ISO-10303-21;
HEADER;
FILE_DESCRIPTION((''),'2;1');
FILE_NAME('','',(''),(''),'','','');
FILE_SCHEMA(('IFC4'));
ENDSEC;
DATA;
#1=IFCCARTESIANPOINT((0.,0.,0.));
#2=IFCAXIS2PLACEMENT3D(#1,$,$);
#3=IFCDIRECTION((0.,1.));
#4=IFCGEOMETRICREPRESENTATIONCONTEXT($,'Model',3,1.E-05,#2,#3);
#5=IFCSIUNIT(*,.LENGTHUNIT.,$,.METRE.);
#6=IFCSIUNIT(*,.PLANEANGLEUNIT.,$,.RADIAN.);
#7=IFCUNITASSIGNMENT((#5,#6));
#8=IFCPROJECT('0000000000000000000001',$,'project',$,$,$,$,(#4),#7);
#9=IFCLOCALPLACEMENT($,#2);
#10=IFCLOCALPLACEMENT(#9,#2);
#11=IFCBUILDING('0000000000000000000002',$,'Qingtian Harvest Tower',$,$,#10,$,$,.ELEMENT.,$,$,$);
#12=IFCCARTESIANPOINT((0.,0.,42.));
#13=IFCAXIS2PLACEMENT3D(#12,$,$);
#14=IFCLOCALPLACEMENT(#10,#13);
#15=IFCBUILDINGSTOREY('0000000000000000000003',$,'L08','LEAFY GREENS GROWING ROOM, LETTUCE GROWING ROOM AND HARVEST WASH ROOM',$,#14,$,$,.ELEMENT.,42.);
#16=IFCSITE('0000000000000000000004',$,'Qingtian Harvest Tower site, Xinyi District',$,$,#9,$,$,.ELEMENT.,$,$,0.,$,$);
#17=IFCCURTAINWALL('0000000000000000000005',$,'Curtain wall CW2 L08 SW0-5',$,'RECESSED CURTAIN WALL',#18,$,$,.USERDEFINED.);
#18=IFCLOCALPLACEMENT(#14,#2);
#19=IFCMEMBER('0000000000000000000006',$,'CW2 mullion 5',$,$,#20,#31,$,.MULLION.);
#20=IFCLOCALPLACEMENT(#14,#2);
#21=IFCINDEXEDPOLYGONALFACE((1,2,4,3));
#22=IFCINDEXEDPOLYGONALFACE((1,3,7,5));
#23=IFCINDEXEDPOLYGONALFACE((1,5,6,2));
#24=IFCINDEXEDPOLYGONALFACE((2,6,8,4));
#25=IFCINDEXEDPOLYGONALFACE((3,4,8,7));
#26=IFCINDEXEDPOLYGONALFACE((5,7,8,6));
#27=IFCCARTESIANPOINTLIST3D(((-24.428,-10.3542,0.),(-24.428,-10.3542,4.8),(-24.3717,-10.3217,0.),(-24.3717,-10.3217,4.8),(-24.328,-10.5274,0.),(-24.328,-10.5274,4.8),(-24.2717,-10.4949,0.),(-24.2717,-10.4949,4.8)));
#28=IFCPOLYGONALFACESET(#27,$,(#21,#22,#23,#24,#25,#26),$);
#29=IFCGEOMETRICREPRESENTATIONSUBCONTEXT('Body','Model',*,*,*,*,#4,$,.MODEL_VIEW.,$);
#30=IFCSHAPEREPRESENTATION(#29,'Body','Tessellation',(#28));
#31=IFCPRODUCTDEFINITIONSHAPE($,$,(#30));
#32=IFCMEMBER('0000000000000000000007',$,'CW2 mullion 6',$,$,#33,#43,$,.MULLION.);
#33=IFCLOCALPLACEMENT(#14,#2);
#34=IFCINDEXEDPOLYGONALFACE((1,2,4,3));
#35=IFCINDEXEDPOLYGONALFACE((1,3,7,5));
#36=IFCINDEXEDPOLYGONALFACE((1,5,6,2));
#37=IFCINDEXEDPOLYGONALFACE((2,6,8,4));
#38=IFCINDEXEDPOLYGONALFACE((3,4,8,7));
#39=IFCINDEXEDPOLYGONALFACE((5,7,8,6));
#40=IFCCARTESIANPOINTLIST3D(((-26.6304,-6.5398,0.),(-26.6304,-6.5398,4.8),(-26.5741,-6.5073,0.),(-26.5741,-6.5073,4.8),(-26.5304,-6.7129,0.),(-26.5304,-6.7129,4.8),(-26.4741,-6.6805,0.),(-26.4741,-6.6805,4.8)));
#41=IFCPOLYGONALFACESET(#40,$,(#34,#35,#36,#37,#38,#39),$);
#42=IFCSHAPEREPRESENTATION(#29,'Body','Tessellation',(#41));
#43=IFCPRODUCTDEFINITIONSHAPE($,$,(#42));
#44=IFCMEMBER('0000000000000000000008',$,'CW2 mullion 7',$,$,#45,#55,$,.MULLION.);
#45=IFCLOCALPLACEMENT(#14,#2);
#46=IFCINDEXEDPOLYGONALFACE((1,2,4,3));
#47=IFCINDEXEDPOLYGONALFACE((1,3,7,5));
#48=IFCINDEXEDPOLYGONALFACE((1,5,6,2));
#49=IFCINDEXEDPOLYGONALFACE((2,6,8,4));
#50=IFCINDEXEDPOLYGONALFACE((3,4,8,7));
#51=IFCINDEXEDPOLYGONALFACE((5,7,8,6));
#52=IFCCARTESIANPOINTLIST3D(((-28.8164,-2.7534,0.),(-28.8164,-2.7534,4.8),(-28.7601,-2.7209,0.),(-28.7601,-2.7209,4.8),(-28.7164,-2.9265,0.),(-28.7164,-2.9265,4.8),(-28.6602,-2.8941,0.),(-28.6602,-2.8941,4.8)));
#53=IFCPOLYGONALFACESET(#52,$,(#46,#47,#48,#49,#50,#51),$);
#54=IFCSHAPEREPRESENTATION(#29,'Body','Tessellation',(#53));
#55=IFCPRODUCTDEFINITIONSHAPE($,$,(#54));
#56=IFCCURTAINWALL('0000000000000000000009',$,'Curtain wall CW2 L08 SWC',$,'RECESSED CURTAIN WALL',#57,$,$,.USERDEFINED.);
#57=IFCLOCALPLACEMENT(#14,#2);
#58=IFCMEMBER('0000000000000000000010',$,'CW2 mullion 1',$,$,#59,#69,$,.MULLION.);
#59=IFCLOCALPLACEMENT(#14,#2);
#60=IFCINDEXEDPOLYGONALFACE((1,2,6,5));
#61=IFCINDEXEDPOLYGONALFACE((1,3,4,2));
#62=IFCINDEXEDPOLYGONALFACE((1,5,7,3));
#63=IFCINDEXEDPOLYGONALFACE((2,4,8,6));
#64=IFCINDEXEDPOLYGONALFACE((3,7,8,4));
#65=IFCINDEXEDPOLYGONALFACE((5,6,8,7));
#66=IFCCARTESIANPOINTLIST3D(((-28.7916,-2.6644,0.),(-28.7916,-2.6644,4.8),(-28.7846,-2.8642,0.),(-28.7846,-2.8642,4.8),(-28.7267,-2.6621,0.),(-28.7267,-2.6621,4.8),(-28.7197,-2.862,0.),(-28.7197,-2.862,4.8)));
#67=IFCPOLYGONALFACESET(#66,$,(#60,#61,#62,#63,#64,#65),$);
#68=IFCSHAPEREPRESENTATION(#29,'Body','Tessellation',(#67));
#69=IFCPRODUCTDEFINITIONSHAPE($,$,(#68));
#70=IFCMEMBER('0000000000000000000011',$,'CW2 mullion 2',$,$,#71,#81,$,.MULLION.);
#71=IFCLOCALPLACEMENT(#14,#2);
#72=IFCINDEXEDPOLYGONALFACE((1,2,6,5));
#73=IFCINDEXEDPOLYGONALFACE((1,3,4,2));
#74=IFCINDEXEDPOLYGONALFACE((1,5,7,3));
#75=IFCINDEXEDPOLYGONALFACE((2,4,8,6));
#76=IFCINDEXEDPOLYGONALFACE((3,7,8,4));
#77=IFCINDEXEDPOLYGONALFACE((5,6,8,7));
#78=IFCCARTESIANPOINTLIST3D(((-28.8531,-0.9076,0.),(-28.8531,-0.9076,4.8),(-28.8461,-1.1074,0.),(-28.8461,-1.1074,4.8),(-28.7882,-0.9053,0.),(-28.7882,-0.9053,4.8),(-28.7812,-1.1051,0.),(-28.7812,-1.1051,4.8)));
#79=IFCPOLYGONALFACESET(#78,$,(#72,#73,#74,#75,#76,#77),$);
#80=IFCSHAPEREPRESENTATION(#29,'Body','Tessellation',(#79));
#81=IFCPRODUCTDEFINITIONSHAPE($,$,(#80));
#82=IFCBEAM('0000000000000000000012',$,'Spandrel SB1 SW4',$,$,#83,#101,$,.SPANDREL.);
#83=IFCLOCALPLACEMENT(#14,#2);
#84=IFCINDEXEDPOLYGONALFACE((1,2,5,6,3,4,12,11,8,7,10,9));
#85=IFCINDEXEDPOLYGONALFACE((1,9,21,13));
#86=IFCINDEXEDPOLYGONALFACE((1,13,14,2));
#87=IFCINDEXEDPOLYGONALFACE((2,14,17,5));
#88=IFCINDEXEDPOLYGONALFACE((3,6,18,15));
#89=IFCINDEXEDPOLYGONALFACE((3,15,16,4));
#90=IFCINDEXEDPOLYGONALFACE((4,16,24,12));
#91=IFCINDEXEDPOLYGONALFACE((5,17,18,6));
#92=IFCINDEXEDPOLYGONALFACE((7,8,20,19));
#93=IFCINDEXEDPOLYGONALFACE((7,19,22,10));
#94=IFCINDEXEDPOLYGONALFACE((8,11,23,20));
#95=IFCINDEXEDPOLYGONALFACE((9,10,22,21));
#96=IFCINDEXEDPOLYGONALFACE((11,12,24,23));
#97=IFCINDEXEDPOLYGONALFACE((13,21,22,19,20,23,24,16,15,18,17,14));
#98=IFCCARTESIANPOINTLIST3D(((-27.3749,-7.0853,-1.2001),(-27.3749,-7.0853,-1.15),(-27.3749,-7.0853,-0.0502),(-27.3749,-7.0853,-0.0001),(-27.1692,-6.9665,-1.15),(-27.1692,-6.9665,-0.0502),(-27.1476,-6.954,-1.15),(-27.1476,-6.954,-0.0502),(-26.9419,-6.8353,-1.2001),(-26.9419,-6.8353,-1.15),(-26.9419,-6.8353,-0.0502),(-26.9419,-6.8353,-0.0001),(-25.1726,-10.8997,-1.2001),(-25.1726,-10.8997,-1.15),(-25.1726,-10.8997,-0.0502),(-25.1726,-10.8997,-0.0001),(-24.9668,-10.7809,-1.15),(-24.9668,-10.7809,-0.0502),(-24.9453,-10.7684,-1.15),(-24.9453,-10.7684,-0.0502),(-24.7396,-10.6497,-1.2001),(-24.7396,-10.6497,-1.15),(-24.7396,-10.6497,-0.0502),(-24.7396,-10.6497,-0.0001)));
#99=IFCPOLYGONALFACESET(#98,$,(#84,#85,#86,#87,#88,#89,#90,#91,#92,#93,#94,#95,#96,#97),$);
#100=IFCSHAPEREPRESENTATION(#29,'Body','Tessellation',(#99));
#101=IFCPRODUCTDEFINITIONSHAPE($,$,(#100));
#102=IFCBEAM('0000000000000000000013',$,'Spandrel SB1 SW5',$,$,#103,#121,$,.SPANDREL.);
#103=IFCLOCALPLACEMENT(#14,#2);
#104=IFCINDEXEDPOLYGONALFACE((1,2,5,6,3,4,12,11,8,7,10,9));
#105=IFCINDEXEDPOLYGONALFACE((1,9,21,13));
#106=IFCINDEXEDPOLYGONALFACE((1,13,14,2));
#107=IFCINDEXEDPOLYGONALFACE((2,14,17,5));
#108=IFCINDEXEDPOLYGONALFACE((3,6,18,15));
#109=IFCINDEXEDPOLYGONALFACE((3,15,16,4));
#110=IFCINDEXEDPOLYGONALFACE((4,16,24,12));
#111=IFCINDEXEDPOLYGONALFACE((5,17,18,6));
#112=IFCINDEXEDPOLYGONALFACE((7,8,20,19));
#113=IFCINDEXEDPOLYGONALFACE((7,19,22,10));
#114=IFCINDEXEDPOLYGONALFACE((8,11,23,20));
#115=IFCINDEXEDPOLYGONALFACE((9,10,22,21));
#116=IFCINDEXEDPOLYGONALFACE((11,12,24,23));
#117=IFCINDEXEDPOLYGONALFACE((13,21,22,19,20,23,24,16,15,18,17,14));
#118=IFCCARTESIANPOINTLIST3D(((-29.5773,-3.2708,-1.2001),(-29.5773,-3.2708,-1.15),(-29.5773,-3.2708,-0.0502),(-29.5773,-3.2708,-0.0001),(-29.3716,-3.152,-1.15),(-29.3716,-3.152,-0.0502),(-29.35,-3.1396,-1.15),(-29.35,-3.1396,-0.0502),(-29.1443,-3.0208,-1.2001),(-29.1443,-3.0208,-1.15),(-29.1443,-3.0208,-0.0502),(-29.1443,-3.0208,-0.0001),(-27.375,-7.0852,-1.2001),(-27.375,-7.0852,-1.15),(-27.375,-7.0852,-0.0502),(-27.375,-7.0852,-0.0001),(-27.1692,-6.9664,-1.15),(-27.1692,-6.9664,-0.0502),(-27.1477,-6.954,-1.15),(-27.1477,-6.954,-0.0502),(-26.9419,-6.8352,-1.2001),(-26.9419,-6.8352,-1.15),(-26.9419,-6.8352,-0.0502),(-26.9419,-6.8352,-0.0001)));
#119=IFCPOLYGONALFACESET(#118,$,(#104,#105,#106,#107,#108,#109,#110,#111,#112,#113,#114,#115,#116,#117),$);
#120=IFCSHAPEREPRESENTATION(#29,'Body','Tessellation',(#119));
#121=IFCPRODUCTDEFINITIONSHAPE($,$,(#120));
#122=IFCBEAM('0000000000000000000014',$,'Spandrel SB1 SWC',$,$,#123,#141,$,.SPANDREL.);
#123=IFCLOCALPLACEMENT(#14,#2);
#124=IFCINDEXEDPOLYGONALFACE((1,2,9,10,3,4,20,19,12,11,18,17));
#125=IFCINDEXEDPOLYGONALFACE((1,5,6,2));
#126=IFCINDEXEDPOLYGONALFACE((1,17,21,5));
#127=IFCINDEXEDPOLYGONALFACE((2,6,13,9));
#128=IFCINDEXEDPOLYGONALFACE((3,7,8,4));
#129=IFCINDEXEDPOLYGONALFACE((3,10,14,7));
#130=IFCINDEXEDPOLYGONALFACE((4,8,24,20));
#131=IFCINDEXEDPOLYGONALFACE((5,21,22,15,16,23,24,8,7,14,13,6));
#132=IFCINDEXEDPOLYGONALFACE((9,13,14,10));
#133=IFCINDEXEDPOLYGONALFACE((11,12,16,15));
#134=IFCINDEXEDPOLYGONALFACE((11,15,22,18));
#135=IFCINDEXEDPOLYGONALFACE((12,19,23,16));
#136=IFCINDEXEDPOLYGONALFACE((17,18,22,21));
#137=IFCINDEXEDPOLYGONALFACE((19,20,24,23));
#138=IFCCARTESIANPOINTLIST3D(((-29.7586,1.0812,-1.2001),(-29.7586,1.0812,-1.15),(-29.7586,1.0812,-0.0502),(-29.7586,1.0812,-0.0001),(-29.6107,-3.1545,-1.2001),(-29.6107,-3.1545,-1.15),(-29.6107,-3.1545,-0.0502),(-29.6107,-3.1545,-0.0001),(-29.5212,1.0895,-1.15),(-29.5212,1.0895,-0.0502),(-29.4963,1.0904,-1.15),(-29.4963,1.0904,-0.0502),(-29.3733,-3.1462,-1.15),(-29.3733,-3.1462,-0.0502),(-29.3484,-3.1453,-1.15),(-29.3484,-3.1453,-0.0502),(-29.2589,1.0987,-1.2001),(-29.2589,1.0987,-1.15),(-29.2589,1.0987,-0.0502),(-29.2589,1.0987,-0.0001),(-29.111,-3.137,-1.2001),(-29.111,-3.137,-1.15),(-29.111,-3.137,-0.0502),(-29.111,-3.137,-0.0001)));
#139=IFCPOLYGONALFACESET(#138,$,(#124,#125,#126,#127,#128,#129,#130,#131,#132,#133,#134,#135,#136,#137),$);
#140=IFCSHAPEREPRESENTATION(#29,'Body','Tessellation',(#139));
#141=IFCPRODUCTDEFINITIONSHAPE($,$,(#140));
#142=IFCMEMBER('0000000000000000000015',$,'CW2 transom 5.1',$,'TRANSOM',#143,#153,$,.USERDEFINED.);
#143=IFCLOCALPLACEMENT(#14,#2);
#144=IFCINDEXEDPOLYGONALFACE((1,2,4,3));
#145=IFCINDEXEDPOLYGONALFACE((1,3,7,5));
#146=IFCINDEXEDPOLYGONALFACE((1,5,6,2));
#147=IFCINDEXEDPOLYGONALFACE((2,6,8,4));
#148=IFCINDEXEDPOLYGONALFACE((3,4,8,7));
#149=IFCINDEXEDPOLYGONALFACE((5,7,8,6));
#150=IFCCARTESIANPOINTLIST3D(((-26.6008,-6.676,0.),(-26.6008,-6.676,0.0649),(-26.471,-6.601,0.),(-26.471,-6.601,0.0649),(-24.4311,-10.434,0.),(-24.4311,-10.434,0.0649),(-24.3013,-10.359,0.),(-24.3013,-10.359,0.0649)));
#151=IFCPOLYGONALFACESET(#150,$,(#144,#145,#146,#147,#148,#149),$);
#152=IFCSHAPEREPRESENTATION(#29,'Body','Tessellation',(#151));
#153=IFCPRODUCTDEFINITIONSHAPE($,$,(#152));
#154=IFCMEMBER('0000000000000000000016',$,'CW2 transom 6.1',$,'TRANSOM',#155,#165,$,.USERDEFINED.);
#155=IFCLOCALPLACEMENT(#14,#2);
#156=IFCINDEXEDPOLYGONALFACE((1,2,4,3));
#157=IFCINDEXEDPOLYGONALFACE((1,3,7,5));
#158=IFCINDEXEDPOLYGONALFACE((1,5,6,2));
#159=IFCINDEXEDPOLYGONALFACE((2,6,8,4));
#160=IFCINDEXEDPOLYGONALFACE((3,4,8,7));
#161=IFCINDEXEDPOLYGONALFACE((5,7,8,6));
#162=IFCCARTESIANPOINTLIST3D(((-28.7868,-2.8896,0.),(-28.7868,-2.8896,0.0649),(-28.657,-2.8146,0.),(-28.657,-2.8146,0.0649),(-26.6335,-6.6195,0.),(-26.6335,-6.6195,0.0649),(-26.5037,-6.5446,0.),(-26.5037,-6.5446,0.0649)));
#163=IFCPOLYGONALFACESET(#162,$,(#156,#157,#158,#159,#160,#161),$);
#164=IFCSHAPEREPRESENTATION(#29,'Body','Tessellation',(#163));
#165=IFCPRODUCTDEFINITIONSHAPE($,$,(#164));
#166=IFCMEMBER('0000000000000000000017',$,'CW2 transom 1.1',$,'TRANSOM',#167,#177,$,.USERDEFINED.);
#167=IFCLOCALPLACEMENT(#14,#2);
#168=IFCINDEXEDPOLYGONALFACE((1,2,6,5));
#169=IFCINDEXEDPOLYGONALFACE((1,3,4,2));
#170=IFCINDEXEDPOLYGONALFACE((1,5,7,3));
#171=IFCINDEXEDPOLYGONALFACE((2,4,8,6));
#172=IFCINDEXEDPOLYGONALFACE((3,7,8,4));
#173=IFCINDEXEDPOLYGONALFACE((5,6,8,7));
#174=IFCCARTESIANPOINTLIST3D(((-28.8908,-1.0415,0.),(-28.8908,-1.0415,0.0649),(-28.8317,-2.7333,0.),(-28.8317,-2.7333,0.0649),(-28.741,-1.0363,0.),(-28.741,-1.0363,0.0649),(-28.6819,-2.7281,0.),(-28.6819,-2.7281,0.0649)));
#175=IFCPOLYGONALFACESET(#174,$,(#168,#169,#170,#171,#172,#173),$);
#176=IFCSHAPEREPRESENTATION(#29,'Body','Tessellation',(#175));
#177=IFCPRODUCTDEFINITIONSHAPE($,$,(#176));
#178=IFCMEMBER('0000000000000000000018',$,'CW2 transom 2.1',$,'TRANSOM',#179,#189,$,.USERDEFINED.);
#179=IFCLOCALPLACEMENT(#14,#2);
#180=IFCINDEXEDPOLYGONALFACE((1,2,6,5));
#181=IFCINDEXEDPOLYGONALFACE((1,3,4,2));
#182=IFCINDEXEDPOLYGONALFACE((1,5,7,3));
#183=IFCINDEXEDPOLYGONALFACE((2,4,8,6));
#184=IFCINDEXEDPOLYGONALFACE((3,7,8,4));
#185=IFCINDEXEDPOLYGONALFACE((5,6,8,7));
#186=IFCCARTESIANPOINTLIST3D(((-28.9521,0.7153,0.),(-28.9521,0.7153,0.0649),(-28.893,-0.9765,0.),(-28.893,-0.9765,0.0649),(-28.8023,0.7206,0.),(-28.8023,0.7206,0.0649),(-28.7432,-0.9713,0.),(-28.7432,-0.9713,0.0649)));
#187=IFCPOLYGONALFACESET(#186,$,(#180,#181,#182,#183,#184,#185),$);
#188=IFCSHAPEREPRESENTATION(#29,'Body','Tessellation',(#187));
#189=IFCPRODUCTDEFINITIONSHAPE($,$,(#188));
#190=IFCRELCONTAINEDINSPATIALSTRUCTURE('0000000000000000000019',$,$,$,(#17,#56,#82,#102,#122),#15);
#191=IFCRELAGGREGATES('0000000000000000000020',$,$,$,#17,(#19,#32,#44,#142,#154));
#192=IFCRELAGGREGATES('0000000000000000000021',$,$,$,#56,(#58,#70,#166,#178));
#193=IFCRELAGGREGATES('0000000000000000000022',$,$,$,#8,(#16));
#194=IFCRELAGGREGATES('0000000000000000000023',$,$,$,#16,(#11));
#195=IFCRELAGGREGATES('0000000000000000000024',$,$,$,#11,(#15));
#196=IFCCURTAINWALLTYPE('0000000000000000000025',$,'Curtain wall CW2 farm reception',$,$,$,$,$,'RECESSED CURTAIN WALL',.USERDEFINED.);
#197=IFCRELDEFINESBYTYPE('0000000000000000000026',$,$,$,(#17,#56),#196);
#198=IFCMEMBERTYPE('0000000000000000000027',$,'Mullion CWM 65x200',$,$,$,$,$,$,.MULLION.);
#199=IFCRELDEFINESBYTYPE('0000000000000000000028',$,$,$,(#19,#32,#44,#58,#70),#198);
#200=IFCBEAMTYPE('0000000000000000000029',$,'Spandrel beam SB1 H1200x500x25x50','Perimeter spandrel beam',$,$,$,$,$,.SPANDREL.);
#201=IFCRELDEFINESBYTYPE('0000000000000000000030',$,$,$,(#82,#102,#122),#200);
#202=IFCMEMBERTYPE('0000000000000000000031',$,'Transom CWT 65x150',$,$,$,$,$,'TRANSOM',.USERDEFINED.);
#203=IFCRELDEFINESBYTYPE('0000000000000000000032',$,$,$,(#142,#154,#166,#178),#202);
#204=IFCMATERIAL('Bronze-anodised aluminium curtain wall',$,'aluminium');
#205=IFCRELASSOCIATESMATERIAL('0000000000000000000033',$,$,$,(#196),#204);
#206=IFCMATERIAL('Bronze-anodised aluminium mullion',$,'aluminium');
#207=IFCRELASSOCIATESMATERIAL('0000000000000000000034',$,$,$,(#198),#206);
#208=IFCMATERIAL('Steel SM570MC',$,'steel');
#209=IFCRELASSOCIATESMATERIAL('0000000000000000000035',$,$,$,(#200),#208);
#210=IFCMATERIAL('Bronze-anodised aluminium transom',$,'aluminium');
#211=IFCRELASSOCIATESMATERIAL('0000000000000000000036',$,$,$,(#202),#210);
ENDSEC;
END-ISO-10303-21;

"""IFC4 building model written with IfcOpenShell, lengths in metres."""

from ifc_helpers import new_model, si_unit, direction, frame, origin, origin_2d, place, context, subcontext, project, spatial, rectangle, i_section, extrude, material, material_profile, profile_set, type_object, element, aggregate, save


model = new_model("IFC4")

# Units and contexts
model_context = context("Model", 3, precision=1e-05, world=origin(), true_north=direction((0.0, 1.0)))
body_context = subcontext(model_context, "Body", "Model", "MODEL_VIEW")
ifc_project = project(units=[si_unit("LENGTHUNIT", "METRE"), si_unit("PLANEANGLEUNIT", "RADIAN")], contexts=[model_context])

# Site, building, storey
site_placement = place(None, origin())
site = spatial("IfcSite", under=ifc_project, at=site_placement, Name="Qingtian Harvest Tower site, Xinyi District", CompositionType="ELEMENT", RefElevation=0.0)
building_placement = place(site_placement, origin())
building = spatial("IfcBuilding", under=site, at=building_placement, Name="Qingtian Harvest Tower", CompositionType="ELEMENT")
storey_placement = place(building_placement, frame((0.0, 0.0, 42.0)))
storey = spatial("IfcBuildingStorey", under=building, at=storey_placement, Name="L08", Description="LEAFY GREENS GROWING ROOM, LETTUCE GROWING ROOM AND HARVEST WASH ROOM", CompositionType="ELEMENT", Elevation=42.0)

# Curtain walls, members
ifc_material_1 = material(Name="Bronze-anodised aluminium curtain wall", Category="aluminium")
curtain_wall_type = type_object("IfcCurtainWallType", Name="Curtain wall CW2 farm reception", ElementType="RECESSED CURTAIN WALL", PredefinedType="USERDEFINED", material=ifc_material_1)
curtain_wall_1_placement = place(storey_placement, origin())
curtain_wall_1 = element("IfcCurtainWall", 1, at=curtain_wall_1_placement, inside=storey, type_object=curtain_wall_type, Name="Curtain wall CW2 L08 SW0-5", ObjectType="RECESSED CURTAIN WALL", PredefinedType="USERDEFINED")
ifc_material_2 = material(Name="Bronze-anodised aluminium mullion", Category="aluminium")
ifc_material_profile_1 = material_profile(ifc_material_2, rectangle(XDim=0.0649, YDim=0.2, at=origin_2d()), Name="AL 65x200")
ifc_profile_set_1 = profile_set([ifc_material_profile_1], Name="Bronze-anodised aluminium mullion")
member_type_1 = type_object("IfcMemberType", Name="Mullion CWM 65x200", PredefinedType="MULLION", material=ifc_profile_set_1)
member_1_placement = place(storey_placement, frame((-24.3499, -10.4246, 0.0), z_axis=(0.0, 0.0, 1.0), x_axis=(-0.866025, -0.5, 0.0)))
member_1 = element("IfcMember", 2, at=member_1_placement, type_object=member_type_1, Name="CW2 mullion 5", PredefinedType="MULLION", context=body_context, shape_type="SweptSolid", body=[
    extrude(rectangle(XDim=0.0649, YDim=0.2, at=origin_2d()), origin(), (0.0, 0.0, 1.0), 4.8),
])
member_2_placement = place(storey_placement, frame((-26.5522, -6.6101, 0.0), z_axis=(0.0, 0.0, 1.0), x_axis=(-0.866025, -0.5, 0.0)))
member_2 = element("IfcMember", 3, at=member_2_placement, type_object=member_type_1, Name="CW2 mullion 6", PredefinedType="MULLION", context=body_context, shape_type="SweptSolid", body=[
    extrude(rectangle(XDim=0.0649, YDim=0.2, at=origin_2d()), origin(), (0.0, 0.0, 1.0), 4.8),
])
member_3_placement = place(storey_placement, frame((-28.7383, -2.8237, 0.0), z_axis=(0.0, 0.0, 1.0), x_axis=(-0.866025, -0.5, 0.0)))
member_3 = element("IfcMember", 4, at=member_3_placement, type_object=member_type_1, Name="CW2 mullion 7", PredefinedType="MULLION", context=body_context, shape_type="SweptSolid", body=[
    extrude(rectangle(XDim=0.0649, YDim=0.2, at=origin_2d()), origin(), (0.0, 0.0, 1.0), 4.8),
])
curtain_wall_2_placement = place(storey_placement, origin())
curtain_wall_2 = element("IfcCurtainWall", 5, at=curtain_wall_2_placement, inside=storey, type_object=curtain_wall_type, Name="Curtain wall CW2 L08 SWC", ObjectType="RECESSED CURTAIN WALL", PredefinedType="USERDEFINED")
member_4_placement = place(storey_placement, frame((-28.7556, -2.7632, 0.0), z_axis=(0.0, 0.0, 1.0), x_axis=(-0.999391, -0.034899, 0.0)))
member_4 = element("IfcMember", 6, at=member_4_placement, type_object=member_type_1, Name="CW2 mullion 1", PredefinedType="MULLION", context=body_context, shape_type="SweptSolid", body=[
    extrude(rectangle(XDim=0.0649, YDim=0.2, at=origin_2d()), origin(), (0.0, 0.0, 1.0), 4.8),
])
member_5_placement = place(storey_placement, frame((-28.8171, -1.0063, 0.0), z_axis=(0.0, 0.0, 1.0), x_axis=(-0.999391, -0.034899, 0.0)))
member_5 = element("IfcMember", 7, at=member_5_placement, type_object=member_type_1, Name="CW2 mullion 2", PredefinedType="MULLION", context=body_context, shape_type="SweptSolid", body=[
    extrude(rectangle(XDim=0.0649, YDim=0.2, at=origin_2d()), origin(), (0.0, 0.0, 1.0), 4.8),
])

# Beams
ifc_material_3 = material(Name="Steel SM570MC", Category="steel")
ifc_material_profile_2 = material_profile(ifc_material_3, i_section(OverallWidth=0.5, OverallDepth=1.2, WebThickness=0.0249, FlangeThickness=0.05, at=origin_2d()), Name="H1200x500x25x50")
ifc_profile_set_2 = profile_set([ifc_material_profile_2], Name="Steel SM570MC")
beam_type_1 = type_object("IfcBeamType", Name="Spandrel beam SB1 H1200x500x25x50", Description="Perimeter spandrel beam", PredefinedType="SPANDREL", material=ifc_profile_set_2)
for number, where, z_axis, x_axis, name in (
    (8, (-24.9561, -10.7747, -0.6001), (-0.50002, 0.866014, 0.0), (-0.866014, -0.50002, 0.0), "Spandrel SB1 SW4"),
    (9, (-27.1584, -6.9602, -0.6001), (-0.50002, 0.866014, 0.0), (-0.866014, -0.50002, 0.0), "Spandrel SB1 SW5"),
):
    element("IfcBeam", number, at=place(storey_placement, frame(where, z_axis=z_axis, x_axis=x_axis)), inside=storey, type_object=beam_type_1, Name=name, PredefinedType="SPANDREL", context=body_context, shape_type="SweptSolid", body=[
        extrude(i_section(OverallWidth=0.5, OverallDepth=1.2, WebThickness=0.0249, FlangeThickness=0.05, at=origin_2d()), origin(), (0.0, 0.0, 1.0), 4.4045),
    ])
beam_1_placement = place(storey_placement, frame((-29.3608, -3.1458, -0.6001), z_axis=(-0.034909, 0.999391, 0.0), x_axis=(-0.999391, -0.034909, 0.0)))
element("IfcBeam", 10, at=beam_1_placement, inside=storey, type_object=beam_type_1, Name="Spandrel SB1 SWC", PredefinedType="SPANDREL", context=body_context, shape_type="SweptSolid", body=[
    extrude(i_section(OverallWidth=0.5, OverallDepth=1.2, WebThickness=0.0249, FlangeThickness=0.05, at=origin_2d()), origin(), (0.0, 0.0, 1.0), 4.2383),
])

# Members
ifc_material_4 = material(Name="Bronze-anodised aluminium transom", Category="aluminium")
ifc_material_profile_3 = material_profile(ifc_material_4, rectangle(XDim=0.1499, YDim=0.0649, at=origin_2d()), Name="AL 65x150")
ifc_profile_set_3 = profile_set([ifc_material_profile_3], Name="Bronze-anodised aluminium transom")
member_type_2 = type_object("IfcMemberType", Name="Transom CWT 65x150", ElementType="TRANSOM", PredefinedType="USERDEFINED", material=ifc_profile_set_3)
member_6_placement = place(storey_placement, frame((-24.3662, -10.3965, 0.0325), z_axis=(-0.499994, 0.866029, 0.0), x_axis=(-0.866029, -0.499994, 0.0)))
member_6 = element("IfcMember", 11, at=member_6_placement, type_object=member_type_2, Name="CW2 transom 5.1", ObjectType="TRANSOM", PredefinedType="USERDEFINED", context=body_context, shape_type="SweptSolid", body=[
    extrude(rectangle(XDim=0.1499, YDim=0.0649, at=origin_2d()), origin(), (0.0, 0.0, 1.0), 4.3394),
])
member_7_placement = place(storey_placement, frame((-26.5686, -6.582, 0.0325), z_axis=(-0.499968, 0.866044, 0.0), x_axis=(-0.866044, -0.499968, 0.0)))
member_7 = element("IfcMember", 12, at=member_7_placement, type_object=member_type_2, Name="CW2 transom 6.1", ObjectType="TRANSOM", PredefinedType="USERDEFINED", context=body_context, shape_type="SweptSolid", body=[
    extrude(rectangle(XDim=0.1499, YDim=0.0649, at=origin_2d()), origin(), (0.0, 0.0, 1.0), 4.3069),
])
member_8_placement = place(storey_placement, frame((-28.7568, -2.7307, 0.0325), z_axis=(-0.034899, 0.999391, 0.0), x_axis=(-0.999391, -0.034899, 0.0)))
member_8 = element("IfcMember", 13, at=member_8_placement, type_object=member_type_2, Name="CW2 transom 1.1", ObjectType="TRANSOM", PredefinedType="USERDEFINED", context=body_context, shape_type="SweptSolid", body=[
    extrude(rectangle(XDim=0.1499, YDim=0.0649, at=origin_2d()), origin(), (0.0, 0.0, 1.0), 1.6929),
])
member_9_placement = place(storey_placement, frame((-28.8181, -0.9739, 0.0325), z_axis=(-0.034899, 0.999391, 0.0), x_axis=(-0.999391, -0.034899, 0.0)))
member_9 = element("IfcMember", 14, at=member_9_placement, type_object=member_type_2, Name="CW2 transom 2.1", ObjectType="TRANSOM", PredefinedType="USERDEFINED", context=body_context, shape_type="SweptSolid", body=[
    extrude(rectangle(XDim=0.1499, YDim=0.0649, at=origin_2d()), origin(), (0.0, 0.0, 1.0), 1.6929),
])

aggregate(curtain_wall_1, [member_1, member_2, member_3, member_6, member_7])
aggregate(curtain_wall_2, [member_4, member_5, member_8, member_9])

save(model, "model.ifc")
